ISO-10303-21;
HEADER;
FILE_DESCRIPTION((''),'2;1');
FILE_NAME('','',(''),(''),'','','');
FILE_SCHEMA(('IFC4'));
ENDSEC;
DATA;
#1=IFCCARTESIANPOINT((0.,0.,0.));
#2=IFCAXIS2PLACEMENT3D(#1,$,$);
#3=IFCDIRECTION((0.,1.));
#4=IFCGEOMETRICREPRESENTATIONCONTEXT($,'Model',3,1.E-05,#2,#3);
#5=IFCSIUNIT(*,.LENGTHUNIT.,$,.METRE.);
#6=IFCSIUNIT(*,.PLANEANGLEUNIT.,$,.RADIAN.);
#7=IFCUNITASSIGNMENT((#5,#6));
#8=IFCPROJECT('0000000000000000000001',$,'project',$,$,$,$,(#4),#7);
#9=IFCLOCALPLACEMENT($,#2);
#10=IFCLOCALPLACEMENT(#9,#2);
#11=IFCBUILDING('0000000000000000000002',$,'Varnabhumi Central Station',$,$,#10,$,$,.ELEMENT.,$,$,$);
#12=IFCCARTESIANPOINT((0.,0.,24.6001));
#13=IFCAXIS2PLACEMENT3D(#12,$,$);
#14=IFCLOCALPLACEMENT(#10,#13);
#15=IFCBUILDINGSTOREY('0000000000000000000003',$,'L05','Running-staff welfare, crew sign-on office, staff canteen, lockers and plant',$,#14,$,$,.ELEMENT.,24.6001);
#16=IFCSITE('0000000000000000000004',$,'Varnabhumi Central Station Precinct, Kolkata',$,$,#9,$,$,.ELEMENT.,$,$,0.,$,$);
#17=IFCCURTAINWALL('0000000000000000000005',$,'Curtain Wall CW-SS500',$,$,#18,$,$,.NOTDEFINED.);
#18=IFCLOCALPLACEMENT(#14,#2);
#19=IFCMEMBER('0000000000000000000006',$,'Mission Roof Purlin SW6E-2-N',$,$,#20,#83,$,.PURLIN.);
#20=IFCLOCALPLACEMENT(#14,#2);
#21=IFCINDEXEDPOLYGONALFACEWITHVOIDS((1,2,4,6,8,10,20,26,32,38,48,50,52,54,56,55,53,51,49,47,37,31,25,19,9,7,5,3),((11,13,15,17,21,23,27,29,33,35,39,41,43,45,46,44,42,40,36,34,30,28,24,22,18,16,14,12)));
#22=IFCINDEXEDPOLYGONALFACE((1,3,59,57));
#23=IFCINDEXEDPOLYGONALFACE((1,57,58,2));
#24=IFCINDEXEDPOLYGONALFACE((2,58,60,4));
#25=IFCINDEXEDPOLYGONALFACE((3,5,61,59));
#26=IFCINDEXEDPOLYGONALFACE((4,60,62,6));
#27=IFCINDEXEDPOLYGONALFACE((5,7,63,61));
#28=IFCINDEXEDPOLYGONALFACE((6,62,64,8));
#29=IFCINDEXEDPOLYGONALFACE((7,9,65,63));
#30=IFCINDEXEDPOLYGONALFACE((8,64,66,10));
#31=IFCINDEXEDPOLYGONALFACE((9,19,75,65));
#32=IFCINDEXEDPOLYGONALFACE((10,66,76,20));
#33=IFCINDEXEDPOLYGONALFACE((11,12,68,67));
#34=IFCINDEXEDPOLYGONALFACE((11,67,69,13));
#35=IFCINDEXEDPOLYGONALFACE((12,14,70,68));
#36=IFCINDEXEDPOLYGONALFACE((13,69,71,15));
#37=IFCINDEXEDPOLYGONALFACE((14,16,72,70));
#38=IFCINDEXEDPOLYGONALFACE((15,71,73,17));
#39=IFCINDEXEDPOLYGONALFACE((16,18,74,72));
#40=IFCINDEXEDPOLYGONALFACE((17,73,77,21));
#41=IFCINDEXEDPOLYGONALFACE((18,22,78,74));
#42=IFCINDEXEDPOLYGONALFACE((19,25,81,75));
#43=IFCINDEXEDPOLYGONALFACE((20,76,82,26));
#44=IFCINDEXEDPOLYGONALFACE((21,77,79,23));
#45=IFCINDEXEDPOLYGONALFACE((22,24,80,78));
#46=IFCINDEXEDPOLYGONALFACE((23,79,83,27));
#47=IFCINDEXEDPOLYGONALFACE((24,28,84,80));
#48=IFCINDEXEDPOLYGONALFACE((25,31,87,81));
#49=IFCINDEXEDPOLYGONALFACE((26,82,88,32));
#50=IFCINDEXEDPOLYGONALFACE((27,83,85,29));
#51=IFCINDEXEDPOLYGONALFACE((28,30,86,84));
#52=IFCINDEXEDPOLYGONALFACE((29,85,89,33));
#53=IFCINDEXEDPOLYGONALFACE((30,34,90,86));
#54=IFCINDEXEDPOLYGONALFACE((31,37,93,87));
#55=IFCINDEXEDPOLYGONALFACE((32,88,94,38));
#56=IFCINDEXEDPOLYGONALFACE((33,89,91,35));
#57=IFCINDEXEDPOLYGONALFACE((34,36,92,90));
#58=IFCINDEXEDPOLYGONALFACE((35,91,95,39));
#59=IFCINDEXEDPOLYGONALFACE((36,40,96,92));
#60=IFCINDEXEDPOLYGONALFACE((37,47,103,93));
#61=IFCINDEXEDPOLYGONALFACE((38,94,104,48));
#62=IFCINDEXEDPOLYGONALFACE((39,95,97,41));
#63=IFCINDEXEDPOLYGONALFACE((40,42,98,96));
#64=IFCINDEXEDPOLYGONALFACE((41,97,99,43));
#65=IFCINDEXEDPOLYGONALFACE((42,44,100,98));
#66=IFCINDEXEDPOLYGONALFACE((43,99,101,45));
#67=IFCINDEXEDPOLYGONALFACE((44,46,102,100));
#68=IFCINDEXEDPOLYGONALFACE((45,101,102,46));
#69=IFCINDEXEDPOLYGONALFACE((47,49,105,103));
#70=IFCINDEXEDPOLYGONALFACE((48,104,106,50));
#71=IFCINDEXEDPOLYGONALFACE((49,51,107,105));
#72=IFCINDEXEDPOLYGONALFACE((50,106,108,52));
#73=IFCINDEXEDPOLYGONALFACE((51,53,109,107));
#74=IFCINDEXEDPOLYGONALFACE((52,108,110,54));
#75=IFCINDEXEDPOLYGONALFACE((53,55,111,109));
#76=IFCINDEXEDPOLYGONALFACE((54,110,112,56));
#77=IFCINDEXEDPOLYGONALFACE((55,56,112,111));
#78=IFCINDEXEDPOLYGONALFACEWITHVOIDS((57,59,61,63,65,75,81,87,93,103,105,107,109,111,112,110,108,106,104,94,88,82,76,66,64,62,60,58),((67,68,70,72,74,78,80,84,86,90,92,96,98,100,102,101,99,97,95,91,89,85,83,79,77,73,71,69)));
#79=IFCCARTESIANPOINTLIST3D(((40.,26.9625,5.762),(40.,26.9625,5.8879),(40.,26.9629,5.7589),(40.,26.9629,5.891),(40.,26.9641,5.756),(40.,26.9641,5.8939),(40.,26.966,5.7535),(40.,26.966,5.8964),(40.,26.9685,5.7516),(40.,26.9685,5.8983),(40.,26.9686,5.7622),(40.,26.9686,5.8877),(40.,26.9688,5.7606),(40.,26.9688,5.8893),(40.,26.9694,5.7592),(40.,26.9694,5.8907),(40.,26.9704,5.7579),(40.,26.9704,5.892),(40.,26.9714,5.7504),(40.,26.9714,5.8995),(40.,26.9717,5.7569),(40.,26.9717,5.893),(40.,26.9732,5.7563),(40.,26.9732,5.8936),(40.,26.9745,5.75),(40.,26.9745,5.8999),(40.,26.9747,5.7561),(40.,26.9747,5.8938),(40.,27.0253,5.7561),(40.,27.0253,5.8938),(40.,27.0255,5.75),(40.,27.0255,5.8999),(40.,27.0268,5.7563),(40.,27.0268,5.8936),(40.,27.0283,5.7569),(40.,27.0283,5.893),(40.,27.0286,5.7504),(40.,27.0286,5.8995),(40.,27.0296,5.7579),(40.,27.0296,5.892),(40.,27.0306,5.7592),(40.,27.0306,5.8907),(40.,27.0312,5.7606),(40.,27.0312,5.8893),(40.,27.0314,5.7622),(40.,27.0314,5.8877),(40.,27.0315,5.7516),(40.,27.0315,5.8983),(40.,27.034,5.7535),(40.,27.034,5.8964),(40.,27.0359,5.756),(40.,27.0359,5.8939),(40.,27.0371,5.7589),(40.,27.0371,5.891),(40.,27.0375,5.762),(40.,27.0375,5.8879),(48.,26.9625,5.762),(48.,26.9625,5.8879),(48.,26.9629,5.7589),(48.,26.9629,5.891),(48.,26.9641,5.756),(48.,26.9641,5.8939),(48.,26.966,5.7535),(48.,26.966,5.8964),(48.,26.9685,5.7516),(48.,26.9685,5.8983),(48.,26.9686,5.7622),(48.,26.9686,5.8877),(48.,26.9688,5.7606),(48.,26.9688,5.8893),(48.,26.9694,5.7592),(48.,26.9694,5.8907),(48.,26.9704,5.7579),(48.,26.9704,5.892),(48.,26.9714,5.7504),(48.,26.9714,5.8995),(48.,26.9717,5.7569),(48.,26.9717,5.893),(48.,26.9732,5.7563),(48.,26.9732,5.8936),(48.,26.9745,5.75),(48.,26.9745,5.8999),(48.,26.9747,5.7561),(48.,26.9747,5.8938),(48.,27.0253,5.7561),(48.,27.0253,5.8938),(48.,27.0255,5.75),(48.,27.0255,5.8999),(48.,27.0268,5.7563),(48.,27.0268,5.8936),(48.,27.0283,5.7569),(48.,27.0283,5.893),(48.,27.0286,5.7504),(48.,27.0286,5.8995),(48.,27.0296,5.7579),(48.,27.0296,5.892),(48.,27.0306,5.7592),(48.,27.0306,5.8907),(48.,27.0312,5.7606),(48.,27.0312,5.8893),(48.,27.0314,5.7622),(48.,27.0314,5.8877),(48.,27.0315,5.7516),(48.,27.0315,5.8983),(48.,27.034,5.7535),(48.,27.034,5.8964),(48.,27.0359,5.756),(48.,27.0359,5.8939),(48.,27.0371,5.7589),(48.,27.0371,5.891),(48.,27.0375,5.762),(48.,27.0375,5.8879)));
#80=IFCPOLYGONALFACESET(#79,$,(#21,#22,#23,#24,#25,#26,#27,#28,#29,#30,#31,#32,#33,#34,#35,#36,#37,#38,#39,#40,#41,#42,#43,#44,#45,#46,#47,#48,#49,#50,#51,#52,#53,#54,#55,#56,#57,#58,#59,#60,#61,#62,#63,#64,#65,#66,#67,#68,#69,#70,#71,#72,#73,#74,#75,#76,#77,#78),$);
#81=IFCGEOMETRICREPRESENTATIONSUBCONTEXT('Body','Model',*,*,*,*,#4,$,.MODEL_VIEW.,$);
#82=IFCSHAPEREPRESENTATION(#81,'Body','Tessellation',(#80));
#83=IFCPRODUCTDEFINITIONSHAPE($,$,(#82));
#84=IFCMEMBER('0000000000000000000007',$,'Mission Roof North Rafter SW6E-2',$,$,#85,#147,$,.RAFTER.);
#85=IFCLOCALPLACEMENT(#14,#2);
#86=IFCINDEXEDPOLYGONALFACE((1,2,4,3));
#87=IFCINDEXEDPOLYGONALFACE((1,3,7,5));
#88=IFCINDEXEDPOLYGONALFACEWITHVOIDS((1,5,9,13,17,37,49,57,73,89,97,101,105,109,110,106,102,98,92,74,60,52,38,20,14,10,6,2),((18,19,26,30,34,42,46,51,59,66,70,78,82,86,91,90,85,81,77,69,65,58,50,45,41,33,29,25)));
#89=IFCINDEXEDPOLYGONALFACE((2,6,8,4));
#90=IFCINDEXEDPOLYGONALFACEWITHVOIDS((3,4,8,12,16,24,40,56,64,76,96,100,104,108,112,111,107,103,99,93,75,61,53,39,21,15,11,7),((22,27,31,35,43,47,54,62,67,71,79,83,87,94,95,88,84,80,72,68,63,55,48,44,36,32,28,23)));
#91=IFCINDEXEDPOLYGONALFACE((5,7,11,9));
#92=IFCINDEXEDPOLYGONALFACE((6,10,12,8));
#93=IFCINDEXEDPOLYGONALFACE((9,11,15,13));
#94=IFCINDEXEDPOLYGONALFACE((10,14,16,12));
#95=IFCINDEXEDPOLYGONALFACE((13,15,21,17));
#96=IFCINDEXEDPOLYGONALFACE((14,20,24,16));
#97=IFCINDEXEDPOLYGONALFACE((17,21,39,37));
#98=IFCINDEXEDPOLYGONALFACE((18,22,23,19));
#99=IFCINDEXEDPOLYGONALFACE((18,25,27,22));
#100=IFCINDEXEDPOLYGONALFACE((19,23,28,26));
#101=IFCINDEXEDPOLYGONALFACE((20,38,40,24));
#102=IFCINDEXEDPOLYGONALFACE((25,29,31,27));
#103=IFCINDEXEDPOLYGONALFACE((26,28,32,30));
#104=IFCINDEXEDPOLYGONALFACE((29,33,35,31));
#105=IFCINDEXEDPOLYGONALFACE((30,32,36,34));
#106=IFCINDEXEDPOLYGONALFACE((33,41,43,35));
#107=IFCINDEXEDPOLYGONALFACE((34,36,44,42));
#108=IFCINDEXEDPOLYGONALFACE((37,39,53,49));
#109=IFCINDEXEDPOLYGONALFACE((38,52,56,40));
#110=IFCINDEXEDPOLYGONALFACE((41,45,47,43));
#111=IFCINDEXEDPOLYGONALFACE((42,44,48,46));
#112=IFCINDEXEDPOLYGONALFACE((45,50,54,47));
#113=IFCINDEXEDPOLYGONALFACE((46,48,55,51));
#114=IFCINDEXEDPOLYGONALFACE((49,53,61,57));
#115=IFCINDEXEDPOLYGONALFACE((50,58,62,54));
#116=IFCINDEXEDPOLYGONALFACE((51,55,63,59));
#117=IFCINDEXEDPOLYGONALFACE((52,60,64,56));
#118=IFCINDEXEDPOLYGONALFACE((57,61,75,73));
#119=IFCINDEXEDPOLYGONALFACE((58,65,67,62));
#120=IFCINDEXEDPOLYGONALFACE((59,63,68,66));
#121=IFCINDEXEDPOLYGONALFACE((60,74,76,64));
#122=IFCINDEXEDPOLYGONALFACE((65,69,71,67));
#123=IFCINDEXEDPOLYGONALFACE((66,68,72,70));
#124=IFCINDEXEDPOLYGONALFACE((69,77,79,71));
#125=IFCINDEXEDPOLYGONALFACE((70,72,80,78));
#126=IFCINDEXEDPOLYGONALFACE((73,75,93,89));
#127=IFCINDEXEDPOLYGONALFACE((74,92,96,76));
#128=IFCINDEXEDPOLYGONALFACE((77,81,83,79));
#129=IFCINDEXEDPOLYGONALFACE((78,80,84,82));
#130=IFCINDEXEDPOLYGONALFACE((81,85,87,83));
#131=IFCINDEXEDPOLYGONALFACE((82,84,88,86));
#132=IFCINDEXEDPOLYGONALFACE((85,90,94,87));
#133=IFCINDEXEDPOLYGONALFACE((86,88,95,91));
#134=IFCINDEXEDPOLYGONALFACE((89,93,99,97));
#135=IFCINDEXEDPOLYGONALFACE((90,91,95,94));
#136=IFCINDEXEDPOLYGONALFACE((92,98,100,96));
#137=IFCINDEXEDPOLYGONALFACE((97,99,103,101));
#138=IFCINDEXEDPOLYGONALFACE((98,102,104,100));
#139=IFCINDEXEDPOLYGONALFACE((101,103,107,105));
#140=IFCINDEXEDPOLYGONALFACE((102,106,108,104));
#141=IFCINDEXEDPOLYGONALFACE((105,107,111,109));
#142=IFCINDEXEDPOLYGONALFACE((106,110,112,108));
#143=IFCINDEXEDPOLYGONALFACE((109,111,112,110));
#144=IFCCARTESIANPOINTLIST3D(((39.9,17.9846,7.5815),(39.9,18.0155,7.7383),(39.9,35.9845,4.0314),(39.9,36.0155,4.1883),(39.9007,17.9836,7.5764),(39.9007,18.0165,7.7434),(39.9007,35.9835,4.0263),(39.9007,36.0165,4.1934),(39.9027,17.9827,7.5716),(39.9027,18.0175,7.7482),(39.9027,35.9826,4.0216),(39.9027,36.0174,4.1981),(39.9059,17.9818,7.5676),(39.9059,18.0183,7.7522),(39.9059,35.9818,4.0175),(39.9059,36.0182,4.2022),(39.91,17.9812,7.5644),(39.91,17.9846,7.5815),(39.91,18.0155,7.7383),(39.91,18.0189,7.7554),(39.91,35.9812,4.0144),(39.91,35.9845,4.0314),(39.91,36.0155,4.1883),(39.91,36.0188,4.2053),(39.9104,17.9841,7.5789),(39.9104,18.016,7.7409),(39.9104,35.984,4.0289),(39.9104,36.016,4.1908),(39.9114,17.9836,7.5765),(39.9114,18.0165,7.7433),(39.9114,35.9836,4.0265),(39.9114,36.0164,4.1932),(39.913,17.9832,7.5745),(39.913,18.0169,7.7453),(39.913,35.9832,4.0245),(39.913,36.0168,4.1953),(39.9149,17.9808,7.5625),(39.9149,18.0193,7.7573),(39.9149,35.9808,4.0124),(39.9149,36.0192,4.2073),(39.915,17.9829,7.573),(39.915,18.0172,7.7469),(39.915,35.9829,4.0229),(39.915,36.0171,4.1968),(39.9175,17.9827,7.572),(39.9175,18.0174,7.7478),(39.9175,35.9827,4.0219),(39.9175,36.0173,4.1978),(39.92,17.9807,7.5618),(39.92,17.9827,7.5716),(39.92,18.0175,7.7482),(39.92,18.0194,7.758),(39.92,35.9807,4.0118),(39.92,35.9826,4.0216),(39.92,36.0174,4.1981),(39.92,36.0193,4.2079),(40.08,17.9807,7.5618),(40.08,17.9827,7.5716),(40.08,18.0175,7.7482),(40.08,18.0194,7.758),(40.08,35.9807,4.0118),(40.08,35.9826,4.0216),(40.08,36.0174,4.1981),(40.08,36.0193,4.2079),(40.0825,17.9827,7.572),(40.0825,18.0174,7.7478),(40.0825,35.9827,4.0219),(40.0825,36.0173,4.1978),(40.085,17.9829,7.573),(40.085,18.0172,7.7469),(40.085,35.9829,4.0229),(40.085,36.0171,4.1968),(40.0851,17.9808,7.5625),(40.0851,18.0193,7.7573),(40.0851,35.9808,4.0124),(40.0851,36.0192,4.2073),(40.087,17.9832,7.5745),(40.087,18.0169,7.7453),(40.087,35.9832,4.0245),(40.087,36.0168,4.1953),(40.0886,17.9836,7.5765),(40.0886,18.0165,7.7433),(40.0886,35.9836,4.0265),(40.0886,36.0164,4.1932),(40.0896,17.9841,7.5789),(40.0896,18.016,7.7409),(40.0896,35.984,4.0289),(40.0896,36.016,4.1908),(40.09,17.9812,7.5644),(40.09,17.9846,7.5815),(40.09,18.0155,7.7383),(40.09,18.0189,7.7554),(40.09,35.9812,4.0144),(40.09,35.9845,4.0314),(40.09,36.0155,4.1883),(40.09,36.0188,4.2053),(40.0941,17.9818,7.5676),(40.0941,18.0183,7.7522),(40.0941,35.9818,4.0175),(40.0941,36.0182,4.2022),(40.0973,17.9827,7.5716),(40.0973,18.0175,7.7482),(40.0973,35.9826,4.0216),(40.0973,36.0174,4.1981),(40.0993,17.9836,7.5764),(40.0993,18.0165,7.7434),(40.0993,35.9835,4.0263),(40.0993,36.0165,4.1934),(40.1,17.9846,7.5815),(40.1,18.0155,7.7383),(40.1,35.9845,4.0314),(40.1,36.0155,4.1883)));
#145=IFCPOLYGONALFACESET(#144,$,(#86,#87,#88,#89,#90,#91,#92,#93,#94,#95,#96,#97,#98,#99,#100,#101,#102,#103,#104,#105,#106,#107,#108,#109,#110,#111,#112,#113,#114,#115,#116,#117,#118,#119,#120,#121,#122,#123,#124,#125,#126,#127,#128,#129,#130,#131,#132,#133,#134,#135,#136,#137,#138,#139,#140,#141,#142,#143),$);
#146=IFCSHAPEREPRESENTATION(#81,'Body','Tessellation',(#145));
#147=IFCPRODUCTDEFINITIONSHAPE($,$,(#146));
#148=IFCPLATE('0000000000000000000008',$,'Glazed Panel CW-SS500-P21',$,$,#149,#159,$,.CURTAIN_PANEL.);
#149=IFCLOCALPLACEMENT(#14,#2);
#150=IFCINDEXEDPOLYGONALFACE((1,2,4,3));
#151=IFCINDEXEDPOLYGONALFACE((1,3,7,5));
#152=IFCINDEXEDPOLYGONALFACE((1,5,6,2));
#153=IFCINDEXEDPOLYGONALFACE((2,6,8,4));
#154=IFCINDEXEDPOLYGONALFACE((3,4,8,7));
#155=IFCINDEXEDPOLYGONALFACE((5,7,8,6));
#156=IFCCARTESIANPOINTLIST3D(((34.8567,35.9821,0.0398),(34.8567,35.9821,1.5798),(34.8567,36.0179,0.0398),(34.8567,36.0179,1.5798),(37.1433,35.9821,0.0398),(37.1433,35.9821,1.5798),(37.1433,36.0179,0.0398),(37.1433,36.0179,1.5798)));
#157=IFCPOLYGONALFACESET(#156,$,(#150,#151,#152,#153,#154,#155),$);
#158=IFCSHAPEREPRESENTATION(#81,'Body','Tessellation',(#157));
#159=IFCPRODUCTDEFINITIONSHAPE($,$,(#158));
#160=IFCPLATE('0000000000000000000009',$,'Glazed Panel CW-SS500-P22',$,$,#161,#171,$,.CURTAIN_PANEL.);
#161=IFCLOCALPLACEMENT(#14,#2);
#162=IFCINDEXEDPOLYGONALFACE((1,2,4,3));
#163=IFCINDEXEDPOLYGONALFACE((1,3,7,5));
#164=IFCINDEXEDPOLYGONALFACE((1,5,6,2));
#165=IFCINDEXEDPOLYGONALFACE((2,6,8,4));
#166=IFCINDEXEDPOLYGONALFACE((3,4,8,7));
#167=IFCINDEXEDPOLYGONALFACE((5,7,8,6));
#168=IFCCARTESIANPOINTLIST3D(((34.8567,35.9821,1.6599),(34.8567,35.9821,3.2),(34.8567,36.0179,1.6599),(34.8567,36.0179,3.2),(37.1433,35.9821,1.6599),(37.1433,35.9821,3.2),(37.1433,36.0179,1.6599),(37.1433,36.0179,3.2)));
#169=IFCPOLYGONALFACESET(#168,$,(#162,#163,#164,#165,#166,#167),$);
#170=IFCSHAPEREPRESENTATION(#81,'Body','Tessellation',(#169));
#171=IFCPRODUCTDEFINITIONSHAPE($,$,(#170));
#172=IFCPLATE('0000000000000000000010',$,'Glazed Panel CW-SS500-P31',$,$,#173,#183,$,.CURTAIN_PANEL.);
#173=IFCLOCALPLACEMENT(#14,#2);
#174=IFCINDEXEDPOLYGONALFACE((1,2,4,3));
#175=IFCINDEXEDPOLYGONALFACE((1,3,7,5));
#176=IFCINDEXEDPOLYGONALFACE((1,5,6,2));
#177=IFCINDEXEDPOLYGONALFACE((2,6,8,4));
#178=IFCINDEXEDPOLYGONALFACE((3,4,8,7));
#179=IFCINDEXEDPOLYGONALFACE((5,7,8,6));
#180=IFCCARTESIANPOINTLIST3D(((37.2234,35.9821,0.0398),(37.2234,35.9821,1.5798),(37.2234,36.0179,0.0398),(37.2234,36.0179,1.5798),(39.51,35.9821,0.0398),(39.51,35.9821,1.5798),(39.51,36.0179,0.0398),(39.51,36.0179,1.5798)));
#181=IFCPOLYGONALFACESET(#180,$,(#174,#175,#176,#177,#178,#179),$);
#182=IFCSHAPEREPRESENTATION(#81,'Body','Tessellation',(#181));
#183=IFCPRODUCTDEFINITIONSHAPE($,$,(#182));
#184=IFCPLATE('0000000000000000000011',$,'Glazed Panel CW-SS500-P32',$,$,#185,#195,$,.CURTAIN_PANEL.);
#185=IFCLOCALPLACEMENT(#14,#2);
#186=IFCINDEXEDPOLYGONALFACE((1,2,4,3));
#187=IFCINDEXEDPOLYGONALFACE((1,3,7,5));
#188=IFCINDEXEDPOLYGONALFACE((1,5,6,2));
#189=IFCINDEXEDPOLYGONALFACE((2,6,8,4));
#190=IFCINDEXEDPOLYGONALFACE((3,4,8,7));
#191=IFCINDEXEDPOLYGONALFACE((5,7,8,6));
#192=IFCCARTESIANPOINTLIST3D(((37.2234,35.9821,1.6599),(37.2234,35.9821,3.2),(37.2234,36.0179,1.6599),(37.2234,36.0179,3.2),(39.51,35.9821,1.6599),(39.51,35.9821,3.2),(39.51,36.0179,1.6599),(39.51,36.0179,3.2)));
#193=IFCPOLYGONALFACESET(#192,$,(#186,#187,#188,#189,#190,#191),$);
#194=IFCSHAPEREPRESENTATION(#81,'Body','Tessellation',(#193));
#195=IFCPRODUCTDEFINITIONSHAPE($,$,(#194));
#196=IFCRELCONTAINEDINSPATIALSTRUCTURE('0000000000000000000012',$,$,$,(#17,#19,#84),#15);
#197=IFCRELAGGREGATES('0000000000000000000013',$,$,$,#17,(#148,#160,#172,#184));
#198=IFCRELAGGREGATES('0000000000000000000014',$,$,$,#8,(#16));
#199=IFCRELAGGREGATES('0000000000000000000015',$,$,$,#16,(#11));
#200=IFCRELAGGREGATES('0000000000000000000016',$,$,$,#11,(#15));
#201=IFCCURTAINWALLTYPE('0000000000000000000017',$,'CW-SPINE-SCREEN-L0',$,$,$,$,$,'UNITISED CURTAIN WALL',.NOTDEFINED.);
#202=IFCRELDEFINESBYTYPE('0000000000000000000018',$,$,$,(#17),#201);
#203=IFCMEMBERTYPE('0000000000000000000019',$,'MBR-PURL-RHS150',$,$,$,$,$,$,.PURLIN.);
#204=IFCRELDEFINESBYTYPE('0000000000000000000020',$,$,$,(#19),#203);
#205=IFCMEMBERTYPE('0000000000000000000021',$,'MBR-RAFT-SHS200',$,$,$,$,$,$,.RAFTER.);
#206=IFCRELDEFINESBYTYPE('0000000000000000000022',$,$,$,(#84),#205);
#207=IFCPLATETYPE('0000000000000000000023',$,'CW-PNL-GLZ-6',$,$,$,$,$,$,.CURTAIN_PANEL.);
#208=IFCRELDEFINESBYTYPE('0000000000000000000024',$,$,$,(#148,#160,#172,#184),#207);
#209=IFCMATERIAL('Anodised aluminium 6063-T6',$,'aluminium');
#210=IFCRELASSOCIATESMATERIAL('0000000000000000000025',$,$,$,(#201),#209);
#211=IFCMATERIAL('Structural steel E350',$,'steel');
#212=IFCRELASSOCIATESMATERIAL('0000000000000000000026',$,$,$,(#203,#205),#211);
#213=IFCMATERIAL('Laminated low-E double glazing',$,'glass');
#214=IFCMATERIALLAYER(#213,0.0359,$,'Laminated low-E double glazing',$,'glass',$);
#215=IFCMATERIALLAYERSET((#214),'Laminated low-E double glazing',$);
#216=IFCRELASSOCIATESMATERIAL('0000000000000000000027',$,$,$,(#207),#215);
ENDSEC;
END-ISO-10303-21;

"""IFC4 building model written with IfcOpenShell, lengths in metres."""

from ifc_helpers import new_model, si_unit, direction, frame, origin, origin_2d, place, context, subcontext, project, spatial, rectangle, hollow_rectangle, extrude, material, layer, layer_set, material_profile, profile_set, type_object, element, aggregate, save


model = new_model("IFC4")

# Units and contexts
model_context = context("Model", 3, precision=1e-05, world=origin(), true_north=direction((0.0, 1.0)))
body_context = subcontext(model_context, "Body", "Model", "MODEL_VIEW")
ifc_project = project(units=[si_unit("LENGTHUNIT", "METRE"), si_unit("PLANEANGLEUNIT", "RADIAN")], contexts=[model_context])

# Site, building, storey
site_placement = place(None, origin())
site = spatial("IfcSite", under=ifc_project, at=site_placement, Name="Varnabhumi Central Station Precinct, Kolkata", CompositionType="ELEMENT", RefElevation=0.0)
building_placement = place(site_placement, origin())
building = spatial("IfcBuilding", under=site, at=building_placement, Name="Varnabhumi Central Station", CompositionType="ELEMENT")
storey_placement = place(building_placement, frame((0.0, 0.0, 24.6001)))
storey = spatial("IfcBuildingStorey", under=building, at=storey_placement, Name="L05", Description="Running-staff welfare, crew sign-on office, staff canteen, lockers and plant", CompositionType="ELEMENT", Elevation=24.6001)

# Shared definitions
ifc_material_1 = material(Name="Structural steel E350", Category="steel")

# Curtain wall
ifc_material_2 = material(Name="Anodised aluminium 6063-T6", Category="aluminium")
curtain_wall_type = type_object("IfcCurtainWallType", Name="CW-SPINE-SCREEN-L0", ElementType="UNITISED CURTAIN WALL", PredefinedType="NOTDEFINED", material=ifc_material_2)
curtain_wall_placement = place(storey_placement, origin())
curtain_wall = element("IfcCurtainWall", 1, at=curtain_wall_placement, inside=storey, type_object=curtain_wall_type, Name="Curtain Wall CW-SS500", PredefinedType="NOTDEFINED")

# Members
ifc_material_profile_1 = material_profile(ifc_material_1, hollow_rectangle(XDim=0.075, YDim=0.1499, WallThickness=0.0061, InnerFilletRadius=0.0061, OuterFilletRadius=0.012, at=origin_2d()), Name="Structural steel E350", Category="steel")
ifc_profile_set_1 = profile_set([ifc_material_profile_1], Name="Structural steel E350")
member_type_1 = type_object("IfcMemberType", Name="MBR-PURL-RHS150", PredefinedType="PURLIN", material=ifc_profile_set_1)
member_1_placement = place(storey_placement, frame((40.0, 27.0, 5.825), z_axis=(1.0, 0.0, 0.0), x_axis=(0.0, 1.0, 0.0)))
element("IfcMember", 2, at=member_1_placement, inside=storey, type_object=member_type_1, Name="Mission Roof Purlin SW6E-2-N", PredefinedType="PURLIN", context=body_context, shape_type="SweptSolid", body=[
    extrude(hollow_rectangle(XDim=0.075, YDim=0.1499, WallThickness=0.0061, InnerFilletRadius=0.0061, OuterFilletRadius=0.012, at=origin_2d()), origin(), (0.0, 0.0, 1.0), 8.0),
])
ifc_material_profile_2 = material_profile(ifc_material_1, hollow_rectangle(XDim=0.2, YDim=0.2, WallThickness=0.01, InnerFilletRadius=0.01, OuterFilletRadius=0.02, at=origin_2d()), Name="Structural steel E350", Category="steel")
ifc_profile_set_2 = profile_set([ifc_material_profile_2], Name="Structural steel E350")
member_type_2 = type_object("IfcMemberType", Name="MBR-RAFT-SHS200", PredefinedType="RAFTER", material=ifc_profile_set_2)
member_2_placement = place(storey_placement, frame((40.0, 36.0, 4.1099), z_axis=(0.0, -0.981101, 0.193498), x_axis=(1.0, 0.0, 0.0)))
element("IfcMember", 3, at=member_2_placement, inside=storey, type_object=member_type_2, Name="Mission Roof North Rafter SW6E-2", PredefinedType="RAFTER", context=body_context, shape_type="SweptSolid", body=[
    extrude(hollow_rectangle(XDim=0.2, YDim=0.2, WallThickness=0.01, InnerFilletRadius=0.01, OuterFilletRadius=0.02, at=origin_2d()), origin(), (0.0, 0.0, 1.0), 18.3467),
])

# Plates
ifc_material_3 = material(Name="Laminated low-E double glazing", Category="glass")
ifc_layer_1 = layer(ifc_material_3, 0.0359, Name="Laminated low-E double glazing", Category="glass")
ifc_layer_set_1 = layer_set([ifc_layer_1], Name="Laminated low-E double glazing")
plate_type = type_object("IfcPlateType", Name="CW-PNL-GLZ-6", PredefinedType="CURTAIN_PANEL", material=ifc_layer_set_1)
plate_1_placement = place(storey_placement, frame((36.0, 36.0, 0.0398), z_axis=(0.0, 0.0, 1.0), x_axis=(1.0, 0.0, 0.0)))
plate_1 = element("IfcPlate", 4, at=plate_1_placement, type_object=plate_type, Name="Glazed Panel CW-SS500-P21", PredefinedType="CURTAIN_PANEL", context=body_context, shape_type="SweptSolid", body=[
    extrude(rectangle(XDim=2.2866, YDim=0.0359, at=origin_2d()), origin(), (0.0, 0.0, 1.0), 1.54),
])
plate_2_placement = place(storey_placement, frame((36.0, 36.0, 1.6599), z_axis=(0.0, 0.0, 1.0), x_axis=(1.0, 0.0, 0.0)))
plate_2 = element("IfcPlate", 5, at=plate_2_placement, type_object=plate_type, Name="Glazed Panel CW-SS500-P22", PredefinedType="CURTAIN_PANEL", context=body_context, shape_type="SweptSolid", body=[
    extrude(rectangle(XDim=2.2866, YDim=0.0359, at=origin_2d()), origin(), (0.0, 0.0, 1.0), 1.54),
])
plate_3_placement = place(storey_placement, frame((38.3667, 36.0, 0.0398), z_axis=(0.0, 0.0, 1.0), x_axis=(1.0, 0.0, 0.0)))
plate_3 = element("IfcPlate", 6, at=plate_3_placement, type_object=plate_type, Name="Glazed Panel CW-SS500-P31", PredefinedType="CURTAIN_PANEL", context=body_context, shape_type="SweptSolid", body=[
    extrude(rectangle(XDim=2.2866, YDim=0.0359, at=origin_2d()), origin(), (0.0, 0.0, 1.0), 1.54),
])
plate_4_placement = place(storey_placement, frame((38.3667, 36.0, 1.6599), z_axis=(0.0, 0.0, 1.0), x_axis=(1.0, 0.0, 0.0)))
plate_4 = element("IfcPlate", 7, at=plate_4_placement, type_object=plate_type, Name="Glazed Panel CW-SS500-P32", PredefinedType="CURTAIN_PANEL", context=body_context, shape_type="SweptSolid", body=[
    extrude(rectangle(XDim=2.2866, YDim=0.0359, at=origin_2d()), origin(), (0.0, 0.0, 1.0), 1.54),
])
aggregate(curtain_wall, [plate_1, plate_2, plate_3, plate_4])

save(model, "model.ifc")
